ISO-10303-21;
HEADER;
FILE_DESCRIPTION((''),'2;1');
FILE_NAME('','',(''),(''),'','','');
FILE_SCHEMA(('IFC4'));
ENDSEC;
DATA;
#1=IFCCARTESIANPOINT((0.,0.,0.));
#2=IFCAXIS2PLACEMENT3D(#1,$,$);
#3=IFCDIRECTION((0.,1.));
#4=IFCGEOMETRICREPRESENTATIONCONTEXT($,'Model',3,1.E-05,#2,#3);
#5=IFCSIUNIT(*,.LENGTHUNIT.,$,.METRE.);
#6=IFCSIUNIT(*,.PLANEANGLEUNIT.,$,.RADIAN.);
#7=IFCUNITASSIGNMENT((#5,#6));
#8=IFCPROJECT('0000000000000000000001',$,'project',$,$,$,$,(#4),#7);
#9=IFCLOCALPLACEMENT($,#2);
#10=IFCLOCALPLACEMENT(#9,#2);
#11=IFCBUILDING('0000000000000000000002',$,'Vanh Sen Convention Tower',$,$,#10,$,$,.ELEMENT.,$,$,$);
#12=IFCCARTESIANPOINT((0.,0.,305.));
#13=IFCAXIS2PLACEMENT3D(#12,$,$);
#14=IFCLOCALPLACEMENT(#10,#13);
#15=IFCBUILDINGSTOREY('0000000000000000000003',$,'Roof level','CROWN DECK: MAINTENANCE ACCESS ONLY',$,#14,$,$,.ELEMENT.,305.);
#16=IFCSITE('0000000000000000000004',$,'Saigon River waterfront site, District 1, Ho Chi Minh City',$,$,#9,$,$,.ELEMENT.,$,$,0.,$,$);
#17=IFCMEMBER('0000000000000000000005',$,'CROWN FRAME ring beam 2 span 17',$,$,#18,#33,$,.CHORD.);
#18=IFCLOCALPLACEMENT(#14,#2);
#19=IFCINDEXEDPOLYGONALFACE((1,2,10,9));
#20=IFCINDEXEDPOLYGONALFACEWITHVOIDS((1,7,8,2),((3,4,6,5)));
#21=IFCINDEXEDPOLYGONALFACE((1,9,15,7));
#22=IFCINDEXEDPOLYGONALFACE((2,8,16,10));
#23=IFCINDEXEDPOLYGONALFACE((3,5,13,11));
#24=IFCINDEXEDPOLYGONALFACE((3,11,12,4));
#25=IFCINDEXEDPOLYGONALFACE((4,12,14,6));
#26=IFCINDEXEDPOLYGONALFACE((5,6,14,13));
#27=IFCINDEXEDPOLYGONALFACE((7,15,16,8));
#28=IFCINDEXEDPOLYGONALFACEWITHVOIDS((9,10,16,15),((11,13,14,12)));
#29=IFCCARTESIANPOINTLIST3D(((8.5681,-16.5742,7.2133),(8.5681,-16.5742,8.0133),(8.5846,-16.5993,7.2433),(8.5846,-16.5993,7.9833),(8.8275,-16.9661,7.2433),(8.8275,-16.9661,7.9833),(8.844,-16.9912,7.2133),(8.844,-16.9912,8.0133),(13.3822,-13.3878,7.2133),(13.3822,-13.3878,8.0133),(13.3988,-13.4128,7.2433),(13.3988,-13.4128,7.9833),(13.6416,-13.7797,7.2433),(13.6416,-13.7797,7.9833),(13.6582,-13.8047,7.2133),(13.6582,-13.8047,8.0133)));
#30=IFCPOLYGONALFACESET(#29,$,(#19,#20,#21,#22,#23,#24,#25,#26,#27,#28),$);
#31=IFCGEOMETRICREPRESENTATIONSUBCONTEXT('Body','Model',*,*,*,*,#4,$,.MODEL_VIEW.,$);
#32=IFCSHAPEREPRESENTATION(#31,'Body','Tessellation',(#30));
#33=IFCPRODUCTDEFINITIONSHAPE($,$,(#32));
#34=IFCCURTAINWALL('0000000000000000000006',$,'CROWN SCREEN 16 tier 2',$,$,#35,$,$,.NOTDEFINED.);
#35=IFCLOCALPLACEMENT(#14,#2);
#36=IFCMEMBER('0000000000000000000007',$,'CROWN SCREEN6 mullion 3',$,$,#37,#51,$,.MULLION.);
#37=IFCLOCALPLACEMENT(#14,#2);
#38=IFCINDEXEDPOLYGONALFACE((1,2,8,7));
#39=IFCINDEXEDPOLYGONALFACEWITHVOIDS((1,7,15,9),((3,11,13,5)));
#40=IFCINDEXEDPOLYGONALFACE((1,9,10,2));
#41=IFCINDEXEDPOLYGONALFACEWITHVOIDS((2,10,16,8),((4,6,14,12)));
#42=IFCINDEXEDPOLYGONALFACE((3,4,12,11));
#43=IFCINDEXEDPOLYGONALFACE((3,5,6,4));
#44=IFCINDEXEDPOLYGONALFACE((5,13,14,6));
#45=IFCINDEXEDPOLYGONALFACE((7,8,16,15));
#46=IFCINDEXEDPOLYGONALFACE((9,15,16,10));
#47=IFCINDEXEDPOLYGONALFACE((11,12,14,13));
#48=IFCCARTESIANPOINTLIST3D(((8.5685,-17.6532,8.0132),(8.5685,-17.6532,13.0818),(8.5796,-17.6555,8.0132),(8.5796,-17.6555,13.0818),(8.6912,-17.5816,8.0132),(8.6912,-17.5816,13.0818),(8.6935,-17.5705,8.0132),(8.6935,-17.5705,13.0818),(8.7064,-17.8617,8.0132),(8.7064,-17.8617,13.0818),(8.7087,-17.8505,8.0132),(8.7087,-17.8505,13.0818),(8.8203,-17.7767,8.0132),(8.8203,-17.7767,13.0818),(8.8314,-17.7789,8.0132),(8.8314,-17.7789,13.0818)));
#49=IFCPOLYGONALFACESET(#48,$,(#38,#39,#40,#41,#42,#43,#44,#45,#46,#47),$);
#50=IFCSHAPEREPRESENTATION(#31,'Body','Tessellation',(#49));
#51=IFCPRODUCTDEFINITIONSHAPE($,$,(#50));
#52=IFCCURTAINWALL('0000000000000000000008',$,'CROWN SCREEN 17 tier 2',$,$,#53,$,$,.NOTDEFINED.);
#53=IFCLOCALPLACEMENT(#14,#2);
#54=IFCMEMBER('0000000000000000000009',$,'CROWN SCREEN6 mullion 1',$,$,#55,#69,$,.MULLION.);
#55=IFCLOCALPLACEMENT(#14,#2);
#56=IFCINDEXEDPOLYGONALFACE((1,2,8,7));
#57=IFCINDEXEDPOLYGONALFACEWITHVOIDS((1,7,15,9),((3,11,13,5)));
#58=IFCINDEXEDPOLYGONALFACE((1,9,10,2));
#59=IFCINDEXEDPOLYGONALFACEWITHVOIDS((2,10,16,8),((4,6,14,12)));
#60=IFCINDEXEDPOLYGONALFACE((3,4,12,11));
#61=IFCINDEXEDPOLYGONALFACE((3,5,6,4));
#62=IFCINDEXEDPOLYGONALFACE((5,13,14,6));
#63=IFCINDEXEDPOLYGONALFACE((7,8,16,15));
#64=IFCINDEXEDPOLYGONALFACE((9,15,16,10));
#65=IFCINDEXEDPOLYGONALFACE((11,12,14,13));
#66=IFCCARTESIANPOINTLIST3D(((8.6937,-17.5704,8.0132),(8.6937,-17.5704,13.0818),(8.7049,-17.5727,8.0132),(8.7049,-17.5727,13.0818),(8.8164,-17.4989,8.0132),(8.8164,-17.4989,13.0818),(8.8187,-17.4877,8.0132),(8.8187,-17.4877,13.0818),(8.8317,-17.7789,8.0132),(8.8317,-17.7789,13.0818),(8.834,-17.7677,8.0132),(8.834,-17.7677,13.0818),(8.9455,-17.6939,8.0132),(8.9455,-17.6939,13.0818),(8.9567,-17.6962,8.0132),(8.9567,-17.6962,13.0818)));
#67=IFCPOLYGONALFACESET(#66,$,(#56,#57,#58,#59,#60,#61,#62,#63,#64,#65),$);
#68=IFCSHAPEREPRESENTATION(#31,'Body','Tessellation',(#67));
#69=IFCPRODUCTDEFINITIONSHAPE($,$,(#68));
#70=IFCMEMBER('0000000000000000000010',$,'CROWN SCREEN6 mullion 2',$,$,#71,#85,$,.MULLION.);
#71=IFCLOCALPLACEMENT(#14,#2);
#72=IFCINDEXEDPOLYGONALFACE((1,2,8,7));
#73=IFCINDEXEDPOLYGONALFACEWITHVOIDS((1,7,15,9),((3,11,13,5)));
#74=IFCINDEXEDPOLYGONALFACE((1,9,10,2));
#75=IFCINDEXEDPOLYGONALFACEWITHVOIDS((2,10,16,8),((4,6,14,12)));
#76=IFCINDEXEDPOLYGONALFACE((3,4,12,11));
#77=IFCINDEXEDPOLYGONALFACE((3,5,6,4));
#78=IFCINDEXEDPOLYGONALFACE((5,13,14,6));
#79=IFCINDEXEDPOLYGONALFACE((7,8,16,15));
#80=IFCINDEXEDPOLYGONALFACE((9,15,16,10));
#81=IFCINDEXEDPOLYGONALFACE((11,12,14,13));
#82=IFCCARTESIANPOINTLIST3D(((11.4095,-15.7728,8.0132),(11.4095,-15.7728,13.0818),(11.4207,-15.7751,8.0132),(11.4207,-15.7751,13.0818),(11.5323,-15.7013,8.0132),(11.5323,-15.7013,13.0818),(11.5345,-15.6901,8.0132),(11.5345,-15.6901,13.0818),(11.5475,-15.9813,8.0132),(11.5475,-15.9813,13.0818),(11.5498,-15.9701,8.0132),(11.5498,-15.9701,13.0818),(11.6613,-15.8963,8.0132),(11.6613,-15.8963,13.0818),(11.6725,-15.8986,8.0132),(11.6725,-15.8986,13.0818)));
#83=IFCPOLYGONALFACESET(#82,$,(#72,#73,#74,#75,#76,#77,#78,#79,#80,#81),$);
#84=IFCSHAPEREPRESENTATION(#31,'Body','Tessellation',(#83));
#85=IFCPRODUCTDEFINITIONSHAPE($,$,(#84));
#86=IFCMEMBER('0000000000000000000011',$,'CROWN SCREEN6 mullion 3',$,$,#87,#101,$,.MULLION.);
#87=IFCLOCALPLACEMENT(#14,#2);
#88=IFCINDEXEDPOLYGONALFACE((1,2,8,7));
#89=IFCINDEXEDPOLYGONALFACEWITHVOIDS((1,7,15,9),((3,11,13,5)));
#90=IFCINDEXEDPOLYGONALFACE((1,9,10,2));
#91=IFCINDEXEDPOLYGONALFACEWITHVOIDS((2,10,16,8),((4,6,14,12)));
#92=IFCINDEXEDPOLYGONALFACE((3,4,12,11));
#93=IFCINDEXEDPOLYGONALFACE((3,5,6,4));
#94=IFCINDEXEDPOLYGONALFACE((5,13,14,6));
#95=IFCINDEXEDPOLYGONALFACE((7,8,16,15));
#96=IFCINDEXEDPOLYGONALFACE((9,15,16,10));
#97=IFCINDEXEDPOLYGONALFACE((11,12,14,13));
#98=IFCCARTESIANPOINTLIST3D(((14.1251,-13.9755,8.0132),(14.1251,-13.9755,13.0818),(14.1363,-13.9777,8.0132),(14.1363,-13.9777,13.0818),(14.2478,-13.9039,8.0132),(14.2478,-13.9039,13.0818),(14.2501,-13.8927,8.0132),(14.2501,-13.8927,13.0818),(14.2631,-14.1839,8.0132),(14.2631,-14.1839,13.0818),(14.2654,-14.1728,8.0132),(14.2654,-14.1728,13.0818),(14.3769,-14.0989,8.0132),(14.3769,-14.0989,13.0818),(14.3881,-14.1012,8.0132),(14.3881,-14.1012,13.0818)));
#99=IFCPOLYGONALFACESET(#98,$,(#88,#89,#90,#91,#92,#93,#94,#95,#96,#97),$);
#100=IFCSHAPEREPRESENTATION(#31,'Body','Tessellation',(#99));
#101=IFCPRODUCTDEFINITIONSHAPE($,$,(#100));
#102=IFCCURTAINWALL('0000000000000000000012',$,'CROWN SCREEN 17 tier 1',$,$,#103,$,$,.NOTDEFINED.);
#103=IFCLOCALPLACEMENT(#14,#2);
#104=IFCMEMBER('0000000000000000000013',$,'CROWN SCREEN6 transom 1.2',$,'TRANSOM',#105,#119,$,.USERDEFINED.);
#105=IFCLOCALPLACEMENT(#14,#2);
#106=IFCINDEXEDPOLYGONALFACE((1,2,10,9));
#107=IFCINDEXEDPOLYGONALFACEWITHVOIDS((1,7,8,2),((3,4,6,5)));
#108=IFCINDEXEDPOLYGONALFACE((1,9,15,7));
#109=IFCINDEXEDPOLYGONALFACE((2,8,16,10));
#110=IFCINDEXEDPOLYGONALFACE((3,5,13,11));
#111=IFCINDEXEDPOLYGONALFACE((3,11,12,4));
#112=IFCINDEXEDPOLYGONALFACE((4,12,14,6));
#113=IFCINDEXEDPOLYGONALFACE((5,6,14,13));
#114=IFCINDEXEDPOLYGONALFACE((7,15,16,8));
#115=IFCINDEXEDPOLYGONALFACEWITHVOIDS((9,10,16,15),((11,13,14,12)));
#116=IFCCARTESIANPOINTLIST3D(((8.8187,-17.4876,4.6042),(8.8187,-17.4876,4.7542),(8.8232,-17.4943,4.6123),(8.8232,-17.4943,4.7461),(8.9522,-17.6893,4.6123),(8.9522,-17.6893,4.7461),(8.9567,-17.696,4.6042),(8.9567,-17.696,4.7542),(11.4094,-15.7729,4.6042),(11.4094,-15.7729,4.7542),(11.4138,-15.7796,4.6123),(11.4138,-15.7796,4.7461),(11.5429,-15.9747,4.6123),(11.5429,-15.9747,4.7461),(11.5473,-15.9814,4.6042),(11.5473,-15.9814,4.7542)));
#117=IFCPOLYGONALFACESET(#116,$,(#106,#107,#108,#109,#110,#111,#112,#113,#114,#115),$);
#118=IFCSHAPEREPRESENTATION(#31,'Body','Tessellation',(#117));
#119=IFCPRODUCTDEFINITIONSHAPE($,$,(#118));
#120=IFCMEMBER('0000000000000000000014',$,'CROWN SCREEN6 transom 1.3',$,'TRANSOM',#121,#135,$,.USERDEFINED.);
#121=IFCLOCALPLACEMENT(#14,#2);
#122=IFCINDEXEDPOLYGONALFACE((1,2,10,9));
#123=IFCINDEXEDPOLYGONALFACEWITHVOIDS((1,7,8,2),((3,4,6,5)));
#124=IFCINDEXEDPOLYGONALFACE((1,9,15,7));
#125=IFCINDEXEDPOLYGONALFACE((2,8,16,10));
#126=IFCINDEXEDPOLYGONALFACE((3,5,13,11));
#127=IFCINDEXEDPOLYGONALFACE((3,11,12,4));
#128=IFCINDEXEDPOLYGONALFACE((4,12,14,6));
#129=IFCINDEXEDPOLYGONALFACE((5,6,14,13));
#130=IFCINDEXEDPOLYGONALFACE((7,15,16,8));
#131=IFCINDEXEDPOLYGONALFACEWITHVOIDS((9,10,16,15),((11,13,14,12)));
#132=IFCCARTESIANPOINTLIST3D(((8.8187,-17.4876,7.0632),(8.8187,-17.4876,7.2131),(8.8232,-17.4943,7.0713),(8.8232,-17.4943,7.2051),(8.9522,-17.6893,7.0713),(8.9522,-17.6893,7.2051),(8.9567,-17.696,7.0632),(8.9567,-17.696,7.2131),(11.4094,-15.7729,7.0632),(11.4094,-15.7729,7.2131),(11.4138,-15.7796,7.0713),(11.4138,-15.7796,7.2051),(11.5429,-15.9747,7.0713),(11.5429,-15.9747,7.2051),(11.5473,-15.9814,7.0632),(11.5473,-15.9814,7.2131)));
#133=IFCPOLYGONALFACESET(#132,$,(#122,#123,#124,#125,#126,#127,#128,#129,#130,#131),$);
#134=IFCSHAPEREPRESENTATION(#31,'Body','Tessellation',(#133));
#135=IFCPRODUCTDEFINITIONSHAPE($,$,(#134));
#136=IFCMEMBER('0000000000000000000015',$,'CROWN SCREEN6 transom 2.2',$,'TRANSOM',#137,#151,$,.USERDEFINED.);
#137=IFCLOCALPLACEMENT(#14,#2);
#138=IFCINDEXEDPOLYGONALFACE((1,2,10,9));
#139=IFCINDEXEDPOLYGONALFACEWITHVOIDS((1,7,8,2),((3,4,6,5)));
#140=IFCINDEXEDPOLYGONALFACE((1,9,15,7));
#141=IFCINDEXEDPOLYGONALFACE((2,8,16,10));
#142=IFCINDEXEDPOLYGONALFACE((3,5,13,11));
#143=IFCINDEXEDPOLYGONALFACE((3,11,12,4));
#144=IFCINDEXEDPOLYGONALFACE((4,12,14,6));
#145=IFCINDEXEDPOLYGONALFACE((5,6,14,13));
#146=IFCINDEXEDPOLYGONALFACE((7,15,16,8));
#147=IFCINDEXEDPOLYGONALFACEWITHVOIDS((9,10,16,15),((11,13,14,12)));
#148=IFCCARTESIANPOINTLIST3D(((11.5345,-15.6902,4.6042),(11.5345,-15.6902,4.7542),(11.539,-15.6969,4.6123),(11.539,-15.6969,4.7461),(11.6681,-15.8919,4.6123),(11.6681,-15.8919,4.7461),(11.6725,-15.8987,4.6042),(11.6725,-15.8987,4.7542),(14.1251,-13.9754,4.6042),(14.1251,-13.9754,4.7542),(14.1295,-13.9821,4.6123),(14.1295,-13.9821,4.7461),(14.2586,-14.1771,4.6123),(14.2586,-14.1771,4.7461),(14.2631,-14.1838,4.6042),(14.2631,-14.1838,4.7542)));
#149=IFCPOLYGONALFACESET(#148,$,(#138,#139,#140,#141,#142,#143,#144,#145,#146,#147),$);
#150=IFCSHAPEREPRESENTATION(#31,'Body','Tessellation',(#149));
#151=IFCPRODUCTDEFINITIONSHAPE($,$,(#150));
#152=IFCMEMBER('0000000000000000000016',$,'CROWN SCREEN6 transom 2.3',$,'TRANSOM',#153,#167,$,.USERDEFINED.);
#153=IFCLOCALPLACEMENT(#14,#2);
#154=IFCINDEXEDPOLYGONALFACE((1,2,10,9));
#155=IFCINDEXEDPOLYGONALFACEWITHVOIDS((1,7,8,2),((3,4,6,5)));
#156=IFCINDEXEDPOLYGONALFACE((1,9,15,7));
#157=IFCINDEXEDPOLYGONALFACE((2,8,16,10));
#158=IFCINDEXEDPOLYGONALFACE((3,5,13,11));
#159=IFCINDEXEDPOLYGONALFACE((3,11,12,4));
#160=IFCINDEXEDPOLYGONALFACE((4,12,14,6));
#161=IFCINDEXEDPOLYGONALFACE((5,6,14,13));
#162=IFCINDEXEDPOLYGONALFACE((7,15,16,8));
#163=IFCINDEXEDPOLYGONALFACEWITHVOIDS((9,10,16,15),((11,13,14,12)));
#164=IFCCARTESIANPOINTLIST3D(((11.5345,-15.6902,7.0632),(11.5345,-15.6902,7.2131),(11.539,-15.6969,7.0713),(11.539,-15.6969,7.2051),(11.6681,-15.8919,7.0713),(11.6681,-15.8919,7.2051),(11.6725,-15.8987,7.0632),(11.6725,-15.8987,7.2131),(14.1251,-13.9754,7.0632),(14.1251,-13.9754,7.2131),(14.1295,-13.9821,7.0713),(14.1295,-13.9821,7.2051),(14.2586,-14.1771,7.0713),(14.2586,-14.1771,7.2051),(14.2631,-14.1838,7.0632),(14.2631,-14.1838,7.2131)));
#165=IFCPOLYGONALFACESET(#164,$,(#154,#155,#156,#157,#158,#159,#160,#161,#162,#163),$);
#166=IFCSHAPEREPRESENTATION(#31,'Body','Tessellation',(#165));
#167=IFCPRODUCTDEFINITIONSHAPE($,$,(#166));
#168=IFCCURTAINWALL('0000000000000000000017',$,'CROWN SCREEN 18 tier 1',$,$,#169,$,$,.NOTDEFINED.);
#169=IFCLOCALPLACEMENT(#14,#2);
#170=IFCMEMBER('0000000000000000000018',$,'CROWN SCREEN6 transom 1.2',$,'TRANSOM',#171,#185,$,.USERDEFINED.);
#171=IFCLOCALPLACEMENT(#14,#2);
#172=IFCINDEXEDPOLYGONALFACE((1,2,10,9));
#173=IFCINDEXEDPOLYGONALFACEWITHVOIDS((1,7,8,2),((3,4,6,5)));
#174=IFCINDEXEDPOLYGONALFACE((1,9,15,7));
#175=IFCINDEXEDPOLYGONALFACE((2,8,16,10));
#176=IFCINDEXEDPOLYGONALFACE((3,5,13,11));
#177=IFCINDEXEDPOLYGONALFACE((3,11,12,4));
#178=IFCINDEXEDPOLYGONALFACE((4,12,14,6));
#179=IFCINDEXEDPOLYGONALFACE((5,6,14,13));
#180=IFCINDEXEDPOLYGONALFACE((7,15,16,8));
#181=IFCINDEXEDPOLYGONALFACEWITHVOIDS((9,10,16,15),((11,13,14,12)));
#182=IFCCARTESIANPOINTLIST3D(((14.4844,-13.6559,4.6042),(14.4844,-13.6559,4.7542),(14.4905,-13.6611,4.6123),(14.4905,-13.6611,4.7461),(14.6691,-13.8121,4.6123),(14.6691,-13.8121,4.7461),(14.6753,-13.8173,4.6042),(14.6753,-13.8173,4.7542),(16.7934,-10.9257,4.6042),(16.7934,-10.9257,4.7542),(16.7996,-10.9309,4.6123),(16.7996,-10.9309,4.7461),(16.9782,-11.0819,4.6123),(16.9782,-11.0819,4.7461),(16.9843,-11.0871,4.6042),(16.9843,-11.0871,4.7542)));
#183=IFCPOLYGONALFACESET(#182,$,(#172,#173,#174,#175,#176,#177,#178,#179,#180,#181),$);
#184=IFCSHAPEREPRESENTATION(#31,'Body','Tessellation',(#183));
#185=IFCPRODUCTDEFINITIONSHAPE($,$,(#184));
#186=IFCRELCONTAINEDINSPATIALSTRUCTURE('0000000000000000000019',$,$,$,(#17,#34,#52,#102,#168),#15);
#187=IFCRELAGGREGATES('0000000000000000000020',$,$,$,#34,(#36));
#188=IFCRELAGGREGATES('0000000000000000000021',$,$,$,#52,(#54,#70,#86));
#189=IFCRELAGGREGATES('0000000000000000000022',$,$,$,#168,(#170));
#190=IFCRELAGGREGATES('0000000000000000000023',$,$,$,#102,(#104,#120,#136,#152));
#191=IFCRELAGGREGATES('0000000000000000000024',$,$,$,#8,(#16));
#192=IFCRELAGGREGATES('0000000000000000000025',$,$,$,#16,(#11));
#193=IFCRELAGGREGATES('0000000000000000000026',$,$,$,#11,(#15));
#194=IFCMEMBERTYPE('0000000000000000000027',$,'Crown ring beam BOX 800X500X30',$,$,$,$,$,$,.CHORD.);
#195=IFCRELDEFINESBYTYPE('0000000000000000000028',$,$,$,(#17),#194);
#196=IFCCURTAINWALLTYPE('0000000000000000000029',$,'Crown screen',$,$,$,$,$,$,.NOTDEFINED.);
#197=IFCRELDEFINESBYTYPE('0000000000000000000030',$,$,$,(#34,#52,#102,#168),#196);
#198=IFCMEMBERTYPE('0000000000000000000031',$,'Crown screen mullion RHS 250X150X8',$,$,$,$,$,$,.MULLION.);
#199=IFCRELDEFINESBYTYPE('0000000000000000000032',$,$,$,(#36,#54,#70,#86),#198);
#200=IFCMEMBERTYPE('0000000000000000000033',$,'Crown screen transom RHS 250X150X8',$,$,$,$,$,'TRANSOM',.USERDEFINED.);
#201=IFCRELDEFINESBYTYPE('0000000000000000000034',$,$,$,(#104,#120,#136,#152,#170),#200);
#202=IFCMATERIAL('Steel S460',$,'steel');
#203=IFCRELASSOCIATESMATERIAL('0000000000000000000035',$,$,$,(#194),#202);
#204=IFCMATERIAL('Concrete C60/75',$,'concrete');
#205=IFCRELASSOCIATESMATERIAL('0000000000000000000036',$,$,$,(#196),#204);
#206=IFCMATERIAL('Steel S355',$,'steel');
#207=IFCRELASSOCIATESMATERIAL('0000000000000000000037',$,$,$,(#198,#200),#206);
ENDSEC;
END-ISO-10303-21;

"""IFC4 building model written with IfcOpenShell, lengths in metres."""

from ifc_helpers import new_model, si_unit, direction, frame, origin, origin_2d, place, context, subcontext, project, spatial, hollow_rectangle, extrude, material, material_profile, profile_set, type_object, element, aggregate, save


model = new_model("IFC4")

# Units and contexts
model_context = context("Model", 3, precision=1e-05, world=origin(), true_north=direction((0.0, 1.0)))
body_context = subcontext(model_context, "Body", "Model", "MODEL_VIEW")
ifc_project = project(units=[si_unit("LENGTHUNIT", "METRE"), si_unit("PLANEANGLEUNIT", "RADIAN")], contexts=[model_context])

# Site, building, storey
site_placement = place(None, origin())
site = spatial("IfcSite", under=ifc_project, at=site_placement, Name="Saigon River waterfront site, District 1, Ho Chi Minh City", CompositionType="ELEMENT", RefElevation=0.0)
building_placement = place(site_placement, origin())
building = spatial("IfcBuilding", under=site, at=building_placement, Name="Vanh Sen Convention Tower", CompositionType="ELEMENT")
storey_placement = place(building_placement, frame((0.0, 0.0, 305.0)))
storey = spatial("IfcBuildingStorey", under=building, at=storey_placement, Name="Roof level", Description="CROWN DECK: MAINTENANCE ACCESS ONLY", CompositionType="ELEMENT", Elevation=305.0)

# Member
ifc_material_1 = material(Name="Steel S460", Category="steel")
ifc_material_profile_1 = material_profile(ifc_material_1, hollow_rectangle(XDim=0.5, YDim=0.8, WallThickness=0.03, at=origin_2d()), Name="BOX 800X500X30")
ifc_profile_set_1 = profile_set([ifc_material_profile_1], Name="Steel S460")
member_type_1 = type_object("IfcMemberType", Name="Crown ring beam BOX 800X500X30", PredefinedType="CHORD", material=ifc_profile_set_1)
member_1_placement = place(storey_placement, frame((8.7061, -16.7827, 7.6133), z_axis=(0.83388, 0.551945, 0.0), x_axis=(-0.551945, 0.83388, 0.0)))
element("IfcMember", 1, at=member_1_placement, inside=storey, type_object=member_type_1, Name="CROWN FRAME ring beam 2 span 17", PredefinedType="CHORD", context=body_context, shape_type="SweptSolid", body=[
    extrude(hollow_rectangle(XDim=0.5, YDim=0.8, WallThickness=0.03, at=origin_2d()), origin(), (0.0, 0.0, 1.0), 5.7732),
])

# Curtain wall, member
ifc_material_2 = material(Name="Concrete C60/75", Category="concrete")
curtain_wall_type = type_object("IfcCurtainWallType", Name="Crown screen", PredefinedType="NOTDEFINED", material=ifc_material_2)
curtain_wall_1_placement = place(storey_placement, origin())
curtain_wall_1 = element("IfcCurtainWall", 2, at=curtain_wall_1_placement, inside=storey, type_object=curtain_wall_type, Name="CROWN SCREEN 16 tier 2", PredefinedType="NOTDEFINED")
ifc_material_3 = material(Name="Steel S355", Category="steel")
ifc_material_profile_2 = material_profile(ifc_material_3, hollow_rectangle(XDim=0.25, YDim=0.1499, WallThickness=0.0081, at=origin_2d()), Name="RHS 250X150X8")
ifc_profile_set_2 = profile_set([ifc_material_profile_2], Name="Steel S355")
member_type_2 = type_object("IfcMemberType", Name="Crown screen mullion RHS 250X150X8", PredefinedType="MULLION", material=ifc_profile_set_2)
member_2_placement = place(storey_placement, frame((8.7, -17.7161, 8.0132), z_axis=(0.0, 0.0, 1.0), x_axis=(-0.55193, 0.83389, 0.0)))
member_2 = element("IfcMember", 3, at=member_2_placement, type_object=member_type_2, Name="CROWN SCREEN6 mullion 3", PredefinedType="MULLION", context=body_context, shape_type="SweptSolid", body=[
    extrude(hollow_rectangle(XDim=0.25, YDim=0.1499, WallThickness=0.0081, at=origin_2d()), origin(), (0.0, 0.0, 1.0), 5.0686),
])
aggregate(curtain_wall_1, [member_2])

# Curtain walls, members
curtain_wall_2_placement = place(storey_placement, origin())
curtain_wall_2 = element("IfcCurtainWall", 4, at=curtain_wall_2_placement, inside=storey, type_object=curtain_wall_type, Name="CROWN SCREEN 17 tier 2", PredefinedType="NOTDEFINED")
member_3_placement = place(storey_placement, frame((8.8252, -17.6333, 8.0132), z_axis=(0.0, 0.0, 1.0), x_axis=(-0.551937, 0.833886, 0.0)))
member_3 = element("IfcMember", 5, at=member_3_placement, type_object=member_type_2, Name="CROWN SCREEN6 mullion 1", PredefinedType="MULLION", context=body_context, shape_type="SweptSolid", body=[
    extrude(hollow_rectangle(XDim=0.25, YDim=0.1499, WallThickness=0.0081, at=origin_2d()), origin(), (0.0, 0.0, 1.0), 5.0686),
])
member_4_placement = place(storey_placement, frame((11.541, -15.8357, 8.0132), z_axis=(0.0, 0.0, 1.0), x_axis=(-0.551937, 0.833886, 0.0)))
member_4 = element("IfcMember", 6, at=member_4_placement, type_object=member_type_2, Name="CROWN SCREEN6 mullion 2", PredefinedType="MULLION", context=body_context, shape_type="SweptSolid", body=[
    extrude(hollow_rectangle(XDim=0.25, YDim=0.1499, WallThickness=0.0081, at=origin_2d()), origin(), (0.0, 0.0, 1.0), 5.0686),
])
member_5_placement = place(storey_placement, frame((14.2566, -14.0383, 8.0132), z_axis=(0.0, 0.0, 1.0), x_axis=(-0.551937, 0.833886, 0.0)))
member_5 = element("IfcMember", 7, at=member_5_placement, type_object=member_type_2, Name="CROWN SCREEN6 mullion 3", PredefinedType="MULLION", context=body_context, shape_type="SweptSolid", body=[
    extrude(hollow_rectangle(XDim=0.25, YDim=0.1499, WallThickness=0.0081, at=origin_2d()), origin(), (0.0, 0.0, 1.0), 5.0686),
])
aggregate(curtain_wall_2, [member_3, member_4, member_5])
curtain_wall_3_placement = place(storey_placement, origin())
curtain_wall_3 = element("IfcCurtainWall", 8, at=curtain_wall_3_placement, inside=storey, type_object=curtain_wall_type, Name="CROWN SCREEN 17 tier 1", PredefinedType="NOTDEFINED")
ifc_material_profile_3 = material_profile(ifc_material_3, hollow_rectangle(XDim=0.25, YDim=0.1499, WallThickness=0.0081, at=origin_2d()), Name="RHS 250X150X8")
ifc_profile_set_3 = profile_set([ifc_material_profile_3], Name="Steel S355")
member_type_3 = type_object("IfcMemberType", Name="Crown screen transom RHS 250X150X8", ElementType="TRANSOM", PredefinedType="USERDEFINED", material=ifc_profile_set_3)
member_6_placement = place(storey_placement, frame((8.8877, -17.5918, 4.6792), z_axis=(0.833896, 0.551922, 0.0), x_axis=(-0.551922, 0.833896, 0.0)))
member_6 = element("IfcMember", 9, at=member_6_placement, type_object=member_type_3, Name="CROWN SCREEN6 transom 1.2", ObjectType="TRANSOM", PredefinedType="USERDEFINED", context=body_context, shape_type="SweptSolid", body=[
    extrude(hollow_rectangle(XDim=0.25, YDim=0.1499, WallThickness=0.0081, at=origin_2d()), origin(), (0.0, 0.0, 1.0), 3.1067),
])
member_7_placement = place(storey_placement, frame((8.8877, -17.5918, 7.1382), z_axis=(0.833896, 0.551922, 0.0), x_axis=(-0.551922, 0.833896, 0.0)))
member_7 = element("IfcMember", 10, at=member_7_placement, type_object=member_type_3, Name="CROWN SCREEN6 transom 1.3", ObjectType="TRANSOM", PredefinedType="USERDEFINED", context=body_context, shape_type="SweptSolid", body=[
    extrude(hollow_rectangle(XDim=0.25, YDim=0.1499, WallThickness=0.0081, at=origin_2d()), origin(), (0.0, 0.0, 1.0), 3.1067),
])
member_8_placement = place(storey_placement, frame((11.6035, -15.7944, 4.6792), z_axis=(0.833859, 0.551977, 0.0), x_axis=(-0.551977, 0.833859, 0.0)))
member_8 = element("IfcMember", 11, at=member_8_placement, type_object=member_type_3, Name="CROWN SCREEN6 transom 2.2", ObjectType="TRANSOM", PredefinedType="USERDEFINED", context=body_context, shape_type="SweptSolid", body=[
    extrude(hollow_rectangle(XDim=0.25, YDim=0.1499, WallThickness=0.0081, at=origin_2d()), origin(), (0.0, 0.0, 1.0), 3.1067),
])
member_9_placement = place(storey_placement, frame((11.6035, -15.7944, 7.1382), z_axis=(0.833859, 0.551977, 0.0), x_axis=(-0.551977, 0.833859, 0.0)))
member_9 = element("IfcMember", 12, at=member_9_placement, type_object=member_type_3, Name="CROWN SCREEN6 transom 2.3", ObjectType="TRANSOM", PredefinedType="USERDEFINED", context=body_context, shape_type="SweptSolid", body=[
    extrude(hollow_rectangle(XDim=0.25, YDim=0.1499, WallThickness=0.0081, at=origin_2d()), origin(), (0.0, 0.0, 1.0), 3.1067),
])
curtain_wall_4_placement = place(storey_placement, origin())
curtain_wall_4 = element("IfcCurtainWall", 13, at=curtain_wall_4_placement, inside=storey, type_object=curtain_wall_type, Name="CROWN SCREEN 18 tier 1", PredefinedType="NOTDEFINED")
member_10_placement = place(storey_placement, frame((14.5798, -13.7366, 4.6792), z_axis=(0.645762, 0.763539, 0.0), x_axis=(-0.763539, 0.645762, 0.0)))
member_10 = element("IfcMember", 14, at=member_10_placement, type_object=member_type_3, Name="CROWN SCREEN6 transom 1.2", ObjectType="TRANSOM", PredefinedType="USERDEFINED", context=body_context, shape_type="SweptSolid", body=[
    extrude(hollow_rectangle(XDim=0.25, YDim=0.1499, WallThickness=0.0081, at=origin_2d()), origin(), (0.0, 0.0, 1.0), 3.5757),
])
aggregate(curtain_wall_4, [member_10])

aggregate(curtain_wall_3, [member_6, member_7, member_8, member_9])

save(model, "model.ifc")
